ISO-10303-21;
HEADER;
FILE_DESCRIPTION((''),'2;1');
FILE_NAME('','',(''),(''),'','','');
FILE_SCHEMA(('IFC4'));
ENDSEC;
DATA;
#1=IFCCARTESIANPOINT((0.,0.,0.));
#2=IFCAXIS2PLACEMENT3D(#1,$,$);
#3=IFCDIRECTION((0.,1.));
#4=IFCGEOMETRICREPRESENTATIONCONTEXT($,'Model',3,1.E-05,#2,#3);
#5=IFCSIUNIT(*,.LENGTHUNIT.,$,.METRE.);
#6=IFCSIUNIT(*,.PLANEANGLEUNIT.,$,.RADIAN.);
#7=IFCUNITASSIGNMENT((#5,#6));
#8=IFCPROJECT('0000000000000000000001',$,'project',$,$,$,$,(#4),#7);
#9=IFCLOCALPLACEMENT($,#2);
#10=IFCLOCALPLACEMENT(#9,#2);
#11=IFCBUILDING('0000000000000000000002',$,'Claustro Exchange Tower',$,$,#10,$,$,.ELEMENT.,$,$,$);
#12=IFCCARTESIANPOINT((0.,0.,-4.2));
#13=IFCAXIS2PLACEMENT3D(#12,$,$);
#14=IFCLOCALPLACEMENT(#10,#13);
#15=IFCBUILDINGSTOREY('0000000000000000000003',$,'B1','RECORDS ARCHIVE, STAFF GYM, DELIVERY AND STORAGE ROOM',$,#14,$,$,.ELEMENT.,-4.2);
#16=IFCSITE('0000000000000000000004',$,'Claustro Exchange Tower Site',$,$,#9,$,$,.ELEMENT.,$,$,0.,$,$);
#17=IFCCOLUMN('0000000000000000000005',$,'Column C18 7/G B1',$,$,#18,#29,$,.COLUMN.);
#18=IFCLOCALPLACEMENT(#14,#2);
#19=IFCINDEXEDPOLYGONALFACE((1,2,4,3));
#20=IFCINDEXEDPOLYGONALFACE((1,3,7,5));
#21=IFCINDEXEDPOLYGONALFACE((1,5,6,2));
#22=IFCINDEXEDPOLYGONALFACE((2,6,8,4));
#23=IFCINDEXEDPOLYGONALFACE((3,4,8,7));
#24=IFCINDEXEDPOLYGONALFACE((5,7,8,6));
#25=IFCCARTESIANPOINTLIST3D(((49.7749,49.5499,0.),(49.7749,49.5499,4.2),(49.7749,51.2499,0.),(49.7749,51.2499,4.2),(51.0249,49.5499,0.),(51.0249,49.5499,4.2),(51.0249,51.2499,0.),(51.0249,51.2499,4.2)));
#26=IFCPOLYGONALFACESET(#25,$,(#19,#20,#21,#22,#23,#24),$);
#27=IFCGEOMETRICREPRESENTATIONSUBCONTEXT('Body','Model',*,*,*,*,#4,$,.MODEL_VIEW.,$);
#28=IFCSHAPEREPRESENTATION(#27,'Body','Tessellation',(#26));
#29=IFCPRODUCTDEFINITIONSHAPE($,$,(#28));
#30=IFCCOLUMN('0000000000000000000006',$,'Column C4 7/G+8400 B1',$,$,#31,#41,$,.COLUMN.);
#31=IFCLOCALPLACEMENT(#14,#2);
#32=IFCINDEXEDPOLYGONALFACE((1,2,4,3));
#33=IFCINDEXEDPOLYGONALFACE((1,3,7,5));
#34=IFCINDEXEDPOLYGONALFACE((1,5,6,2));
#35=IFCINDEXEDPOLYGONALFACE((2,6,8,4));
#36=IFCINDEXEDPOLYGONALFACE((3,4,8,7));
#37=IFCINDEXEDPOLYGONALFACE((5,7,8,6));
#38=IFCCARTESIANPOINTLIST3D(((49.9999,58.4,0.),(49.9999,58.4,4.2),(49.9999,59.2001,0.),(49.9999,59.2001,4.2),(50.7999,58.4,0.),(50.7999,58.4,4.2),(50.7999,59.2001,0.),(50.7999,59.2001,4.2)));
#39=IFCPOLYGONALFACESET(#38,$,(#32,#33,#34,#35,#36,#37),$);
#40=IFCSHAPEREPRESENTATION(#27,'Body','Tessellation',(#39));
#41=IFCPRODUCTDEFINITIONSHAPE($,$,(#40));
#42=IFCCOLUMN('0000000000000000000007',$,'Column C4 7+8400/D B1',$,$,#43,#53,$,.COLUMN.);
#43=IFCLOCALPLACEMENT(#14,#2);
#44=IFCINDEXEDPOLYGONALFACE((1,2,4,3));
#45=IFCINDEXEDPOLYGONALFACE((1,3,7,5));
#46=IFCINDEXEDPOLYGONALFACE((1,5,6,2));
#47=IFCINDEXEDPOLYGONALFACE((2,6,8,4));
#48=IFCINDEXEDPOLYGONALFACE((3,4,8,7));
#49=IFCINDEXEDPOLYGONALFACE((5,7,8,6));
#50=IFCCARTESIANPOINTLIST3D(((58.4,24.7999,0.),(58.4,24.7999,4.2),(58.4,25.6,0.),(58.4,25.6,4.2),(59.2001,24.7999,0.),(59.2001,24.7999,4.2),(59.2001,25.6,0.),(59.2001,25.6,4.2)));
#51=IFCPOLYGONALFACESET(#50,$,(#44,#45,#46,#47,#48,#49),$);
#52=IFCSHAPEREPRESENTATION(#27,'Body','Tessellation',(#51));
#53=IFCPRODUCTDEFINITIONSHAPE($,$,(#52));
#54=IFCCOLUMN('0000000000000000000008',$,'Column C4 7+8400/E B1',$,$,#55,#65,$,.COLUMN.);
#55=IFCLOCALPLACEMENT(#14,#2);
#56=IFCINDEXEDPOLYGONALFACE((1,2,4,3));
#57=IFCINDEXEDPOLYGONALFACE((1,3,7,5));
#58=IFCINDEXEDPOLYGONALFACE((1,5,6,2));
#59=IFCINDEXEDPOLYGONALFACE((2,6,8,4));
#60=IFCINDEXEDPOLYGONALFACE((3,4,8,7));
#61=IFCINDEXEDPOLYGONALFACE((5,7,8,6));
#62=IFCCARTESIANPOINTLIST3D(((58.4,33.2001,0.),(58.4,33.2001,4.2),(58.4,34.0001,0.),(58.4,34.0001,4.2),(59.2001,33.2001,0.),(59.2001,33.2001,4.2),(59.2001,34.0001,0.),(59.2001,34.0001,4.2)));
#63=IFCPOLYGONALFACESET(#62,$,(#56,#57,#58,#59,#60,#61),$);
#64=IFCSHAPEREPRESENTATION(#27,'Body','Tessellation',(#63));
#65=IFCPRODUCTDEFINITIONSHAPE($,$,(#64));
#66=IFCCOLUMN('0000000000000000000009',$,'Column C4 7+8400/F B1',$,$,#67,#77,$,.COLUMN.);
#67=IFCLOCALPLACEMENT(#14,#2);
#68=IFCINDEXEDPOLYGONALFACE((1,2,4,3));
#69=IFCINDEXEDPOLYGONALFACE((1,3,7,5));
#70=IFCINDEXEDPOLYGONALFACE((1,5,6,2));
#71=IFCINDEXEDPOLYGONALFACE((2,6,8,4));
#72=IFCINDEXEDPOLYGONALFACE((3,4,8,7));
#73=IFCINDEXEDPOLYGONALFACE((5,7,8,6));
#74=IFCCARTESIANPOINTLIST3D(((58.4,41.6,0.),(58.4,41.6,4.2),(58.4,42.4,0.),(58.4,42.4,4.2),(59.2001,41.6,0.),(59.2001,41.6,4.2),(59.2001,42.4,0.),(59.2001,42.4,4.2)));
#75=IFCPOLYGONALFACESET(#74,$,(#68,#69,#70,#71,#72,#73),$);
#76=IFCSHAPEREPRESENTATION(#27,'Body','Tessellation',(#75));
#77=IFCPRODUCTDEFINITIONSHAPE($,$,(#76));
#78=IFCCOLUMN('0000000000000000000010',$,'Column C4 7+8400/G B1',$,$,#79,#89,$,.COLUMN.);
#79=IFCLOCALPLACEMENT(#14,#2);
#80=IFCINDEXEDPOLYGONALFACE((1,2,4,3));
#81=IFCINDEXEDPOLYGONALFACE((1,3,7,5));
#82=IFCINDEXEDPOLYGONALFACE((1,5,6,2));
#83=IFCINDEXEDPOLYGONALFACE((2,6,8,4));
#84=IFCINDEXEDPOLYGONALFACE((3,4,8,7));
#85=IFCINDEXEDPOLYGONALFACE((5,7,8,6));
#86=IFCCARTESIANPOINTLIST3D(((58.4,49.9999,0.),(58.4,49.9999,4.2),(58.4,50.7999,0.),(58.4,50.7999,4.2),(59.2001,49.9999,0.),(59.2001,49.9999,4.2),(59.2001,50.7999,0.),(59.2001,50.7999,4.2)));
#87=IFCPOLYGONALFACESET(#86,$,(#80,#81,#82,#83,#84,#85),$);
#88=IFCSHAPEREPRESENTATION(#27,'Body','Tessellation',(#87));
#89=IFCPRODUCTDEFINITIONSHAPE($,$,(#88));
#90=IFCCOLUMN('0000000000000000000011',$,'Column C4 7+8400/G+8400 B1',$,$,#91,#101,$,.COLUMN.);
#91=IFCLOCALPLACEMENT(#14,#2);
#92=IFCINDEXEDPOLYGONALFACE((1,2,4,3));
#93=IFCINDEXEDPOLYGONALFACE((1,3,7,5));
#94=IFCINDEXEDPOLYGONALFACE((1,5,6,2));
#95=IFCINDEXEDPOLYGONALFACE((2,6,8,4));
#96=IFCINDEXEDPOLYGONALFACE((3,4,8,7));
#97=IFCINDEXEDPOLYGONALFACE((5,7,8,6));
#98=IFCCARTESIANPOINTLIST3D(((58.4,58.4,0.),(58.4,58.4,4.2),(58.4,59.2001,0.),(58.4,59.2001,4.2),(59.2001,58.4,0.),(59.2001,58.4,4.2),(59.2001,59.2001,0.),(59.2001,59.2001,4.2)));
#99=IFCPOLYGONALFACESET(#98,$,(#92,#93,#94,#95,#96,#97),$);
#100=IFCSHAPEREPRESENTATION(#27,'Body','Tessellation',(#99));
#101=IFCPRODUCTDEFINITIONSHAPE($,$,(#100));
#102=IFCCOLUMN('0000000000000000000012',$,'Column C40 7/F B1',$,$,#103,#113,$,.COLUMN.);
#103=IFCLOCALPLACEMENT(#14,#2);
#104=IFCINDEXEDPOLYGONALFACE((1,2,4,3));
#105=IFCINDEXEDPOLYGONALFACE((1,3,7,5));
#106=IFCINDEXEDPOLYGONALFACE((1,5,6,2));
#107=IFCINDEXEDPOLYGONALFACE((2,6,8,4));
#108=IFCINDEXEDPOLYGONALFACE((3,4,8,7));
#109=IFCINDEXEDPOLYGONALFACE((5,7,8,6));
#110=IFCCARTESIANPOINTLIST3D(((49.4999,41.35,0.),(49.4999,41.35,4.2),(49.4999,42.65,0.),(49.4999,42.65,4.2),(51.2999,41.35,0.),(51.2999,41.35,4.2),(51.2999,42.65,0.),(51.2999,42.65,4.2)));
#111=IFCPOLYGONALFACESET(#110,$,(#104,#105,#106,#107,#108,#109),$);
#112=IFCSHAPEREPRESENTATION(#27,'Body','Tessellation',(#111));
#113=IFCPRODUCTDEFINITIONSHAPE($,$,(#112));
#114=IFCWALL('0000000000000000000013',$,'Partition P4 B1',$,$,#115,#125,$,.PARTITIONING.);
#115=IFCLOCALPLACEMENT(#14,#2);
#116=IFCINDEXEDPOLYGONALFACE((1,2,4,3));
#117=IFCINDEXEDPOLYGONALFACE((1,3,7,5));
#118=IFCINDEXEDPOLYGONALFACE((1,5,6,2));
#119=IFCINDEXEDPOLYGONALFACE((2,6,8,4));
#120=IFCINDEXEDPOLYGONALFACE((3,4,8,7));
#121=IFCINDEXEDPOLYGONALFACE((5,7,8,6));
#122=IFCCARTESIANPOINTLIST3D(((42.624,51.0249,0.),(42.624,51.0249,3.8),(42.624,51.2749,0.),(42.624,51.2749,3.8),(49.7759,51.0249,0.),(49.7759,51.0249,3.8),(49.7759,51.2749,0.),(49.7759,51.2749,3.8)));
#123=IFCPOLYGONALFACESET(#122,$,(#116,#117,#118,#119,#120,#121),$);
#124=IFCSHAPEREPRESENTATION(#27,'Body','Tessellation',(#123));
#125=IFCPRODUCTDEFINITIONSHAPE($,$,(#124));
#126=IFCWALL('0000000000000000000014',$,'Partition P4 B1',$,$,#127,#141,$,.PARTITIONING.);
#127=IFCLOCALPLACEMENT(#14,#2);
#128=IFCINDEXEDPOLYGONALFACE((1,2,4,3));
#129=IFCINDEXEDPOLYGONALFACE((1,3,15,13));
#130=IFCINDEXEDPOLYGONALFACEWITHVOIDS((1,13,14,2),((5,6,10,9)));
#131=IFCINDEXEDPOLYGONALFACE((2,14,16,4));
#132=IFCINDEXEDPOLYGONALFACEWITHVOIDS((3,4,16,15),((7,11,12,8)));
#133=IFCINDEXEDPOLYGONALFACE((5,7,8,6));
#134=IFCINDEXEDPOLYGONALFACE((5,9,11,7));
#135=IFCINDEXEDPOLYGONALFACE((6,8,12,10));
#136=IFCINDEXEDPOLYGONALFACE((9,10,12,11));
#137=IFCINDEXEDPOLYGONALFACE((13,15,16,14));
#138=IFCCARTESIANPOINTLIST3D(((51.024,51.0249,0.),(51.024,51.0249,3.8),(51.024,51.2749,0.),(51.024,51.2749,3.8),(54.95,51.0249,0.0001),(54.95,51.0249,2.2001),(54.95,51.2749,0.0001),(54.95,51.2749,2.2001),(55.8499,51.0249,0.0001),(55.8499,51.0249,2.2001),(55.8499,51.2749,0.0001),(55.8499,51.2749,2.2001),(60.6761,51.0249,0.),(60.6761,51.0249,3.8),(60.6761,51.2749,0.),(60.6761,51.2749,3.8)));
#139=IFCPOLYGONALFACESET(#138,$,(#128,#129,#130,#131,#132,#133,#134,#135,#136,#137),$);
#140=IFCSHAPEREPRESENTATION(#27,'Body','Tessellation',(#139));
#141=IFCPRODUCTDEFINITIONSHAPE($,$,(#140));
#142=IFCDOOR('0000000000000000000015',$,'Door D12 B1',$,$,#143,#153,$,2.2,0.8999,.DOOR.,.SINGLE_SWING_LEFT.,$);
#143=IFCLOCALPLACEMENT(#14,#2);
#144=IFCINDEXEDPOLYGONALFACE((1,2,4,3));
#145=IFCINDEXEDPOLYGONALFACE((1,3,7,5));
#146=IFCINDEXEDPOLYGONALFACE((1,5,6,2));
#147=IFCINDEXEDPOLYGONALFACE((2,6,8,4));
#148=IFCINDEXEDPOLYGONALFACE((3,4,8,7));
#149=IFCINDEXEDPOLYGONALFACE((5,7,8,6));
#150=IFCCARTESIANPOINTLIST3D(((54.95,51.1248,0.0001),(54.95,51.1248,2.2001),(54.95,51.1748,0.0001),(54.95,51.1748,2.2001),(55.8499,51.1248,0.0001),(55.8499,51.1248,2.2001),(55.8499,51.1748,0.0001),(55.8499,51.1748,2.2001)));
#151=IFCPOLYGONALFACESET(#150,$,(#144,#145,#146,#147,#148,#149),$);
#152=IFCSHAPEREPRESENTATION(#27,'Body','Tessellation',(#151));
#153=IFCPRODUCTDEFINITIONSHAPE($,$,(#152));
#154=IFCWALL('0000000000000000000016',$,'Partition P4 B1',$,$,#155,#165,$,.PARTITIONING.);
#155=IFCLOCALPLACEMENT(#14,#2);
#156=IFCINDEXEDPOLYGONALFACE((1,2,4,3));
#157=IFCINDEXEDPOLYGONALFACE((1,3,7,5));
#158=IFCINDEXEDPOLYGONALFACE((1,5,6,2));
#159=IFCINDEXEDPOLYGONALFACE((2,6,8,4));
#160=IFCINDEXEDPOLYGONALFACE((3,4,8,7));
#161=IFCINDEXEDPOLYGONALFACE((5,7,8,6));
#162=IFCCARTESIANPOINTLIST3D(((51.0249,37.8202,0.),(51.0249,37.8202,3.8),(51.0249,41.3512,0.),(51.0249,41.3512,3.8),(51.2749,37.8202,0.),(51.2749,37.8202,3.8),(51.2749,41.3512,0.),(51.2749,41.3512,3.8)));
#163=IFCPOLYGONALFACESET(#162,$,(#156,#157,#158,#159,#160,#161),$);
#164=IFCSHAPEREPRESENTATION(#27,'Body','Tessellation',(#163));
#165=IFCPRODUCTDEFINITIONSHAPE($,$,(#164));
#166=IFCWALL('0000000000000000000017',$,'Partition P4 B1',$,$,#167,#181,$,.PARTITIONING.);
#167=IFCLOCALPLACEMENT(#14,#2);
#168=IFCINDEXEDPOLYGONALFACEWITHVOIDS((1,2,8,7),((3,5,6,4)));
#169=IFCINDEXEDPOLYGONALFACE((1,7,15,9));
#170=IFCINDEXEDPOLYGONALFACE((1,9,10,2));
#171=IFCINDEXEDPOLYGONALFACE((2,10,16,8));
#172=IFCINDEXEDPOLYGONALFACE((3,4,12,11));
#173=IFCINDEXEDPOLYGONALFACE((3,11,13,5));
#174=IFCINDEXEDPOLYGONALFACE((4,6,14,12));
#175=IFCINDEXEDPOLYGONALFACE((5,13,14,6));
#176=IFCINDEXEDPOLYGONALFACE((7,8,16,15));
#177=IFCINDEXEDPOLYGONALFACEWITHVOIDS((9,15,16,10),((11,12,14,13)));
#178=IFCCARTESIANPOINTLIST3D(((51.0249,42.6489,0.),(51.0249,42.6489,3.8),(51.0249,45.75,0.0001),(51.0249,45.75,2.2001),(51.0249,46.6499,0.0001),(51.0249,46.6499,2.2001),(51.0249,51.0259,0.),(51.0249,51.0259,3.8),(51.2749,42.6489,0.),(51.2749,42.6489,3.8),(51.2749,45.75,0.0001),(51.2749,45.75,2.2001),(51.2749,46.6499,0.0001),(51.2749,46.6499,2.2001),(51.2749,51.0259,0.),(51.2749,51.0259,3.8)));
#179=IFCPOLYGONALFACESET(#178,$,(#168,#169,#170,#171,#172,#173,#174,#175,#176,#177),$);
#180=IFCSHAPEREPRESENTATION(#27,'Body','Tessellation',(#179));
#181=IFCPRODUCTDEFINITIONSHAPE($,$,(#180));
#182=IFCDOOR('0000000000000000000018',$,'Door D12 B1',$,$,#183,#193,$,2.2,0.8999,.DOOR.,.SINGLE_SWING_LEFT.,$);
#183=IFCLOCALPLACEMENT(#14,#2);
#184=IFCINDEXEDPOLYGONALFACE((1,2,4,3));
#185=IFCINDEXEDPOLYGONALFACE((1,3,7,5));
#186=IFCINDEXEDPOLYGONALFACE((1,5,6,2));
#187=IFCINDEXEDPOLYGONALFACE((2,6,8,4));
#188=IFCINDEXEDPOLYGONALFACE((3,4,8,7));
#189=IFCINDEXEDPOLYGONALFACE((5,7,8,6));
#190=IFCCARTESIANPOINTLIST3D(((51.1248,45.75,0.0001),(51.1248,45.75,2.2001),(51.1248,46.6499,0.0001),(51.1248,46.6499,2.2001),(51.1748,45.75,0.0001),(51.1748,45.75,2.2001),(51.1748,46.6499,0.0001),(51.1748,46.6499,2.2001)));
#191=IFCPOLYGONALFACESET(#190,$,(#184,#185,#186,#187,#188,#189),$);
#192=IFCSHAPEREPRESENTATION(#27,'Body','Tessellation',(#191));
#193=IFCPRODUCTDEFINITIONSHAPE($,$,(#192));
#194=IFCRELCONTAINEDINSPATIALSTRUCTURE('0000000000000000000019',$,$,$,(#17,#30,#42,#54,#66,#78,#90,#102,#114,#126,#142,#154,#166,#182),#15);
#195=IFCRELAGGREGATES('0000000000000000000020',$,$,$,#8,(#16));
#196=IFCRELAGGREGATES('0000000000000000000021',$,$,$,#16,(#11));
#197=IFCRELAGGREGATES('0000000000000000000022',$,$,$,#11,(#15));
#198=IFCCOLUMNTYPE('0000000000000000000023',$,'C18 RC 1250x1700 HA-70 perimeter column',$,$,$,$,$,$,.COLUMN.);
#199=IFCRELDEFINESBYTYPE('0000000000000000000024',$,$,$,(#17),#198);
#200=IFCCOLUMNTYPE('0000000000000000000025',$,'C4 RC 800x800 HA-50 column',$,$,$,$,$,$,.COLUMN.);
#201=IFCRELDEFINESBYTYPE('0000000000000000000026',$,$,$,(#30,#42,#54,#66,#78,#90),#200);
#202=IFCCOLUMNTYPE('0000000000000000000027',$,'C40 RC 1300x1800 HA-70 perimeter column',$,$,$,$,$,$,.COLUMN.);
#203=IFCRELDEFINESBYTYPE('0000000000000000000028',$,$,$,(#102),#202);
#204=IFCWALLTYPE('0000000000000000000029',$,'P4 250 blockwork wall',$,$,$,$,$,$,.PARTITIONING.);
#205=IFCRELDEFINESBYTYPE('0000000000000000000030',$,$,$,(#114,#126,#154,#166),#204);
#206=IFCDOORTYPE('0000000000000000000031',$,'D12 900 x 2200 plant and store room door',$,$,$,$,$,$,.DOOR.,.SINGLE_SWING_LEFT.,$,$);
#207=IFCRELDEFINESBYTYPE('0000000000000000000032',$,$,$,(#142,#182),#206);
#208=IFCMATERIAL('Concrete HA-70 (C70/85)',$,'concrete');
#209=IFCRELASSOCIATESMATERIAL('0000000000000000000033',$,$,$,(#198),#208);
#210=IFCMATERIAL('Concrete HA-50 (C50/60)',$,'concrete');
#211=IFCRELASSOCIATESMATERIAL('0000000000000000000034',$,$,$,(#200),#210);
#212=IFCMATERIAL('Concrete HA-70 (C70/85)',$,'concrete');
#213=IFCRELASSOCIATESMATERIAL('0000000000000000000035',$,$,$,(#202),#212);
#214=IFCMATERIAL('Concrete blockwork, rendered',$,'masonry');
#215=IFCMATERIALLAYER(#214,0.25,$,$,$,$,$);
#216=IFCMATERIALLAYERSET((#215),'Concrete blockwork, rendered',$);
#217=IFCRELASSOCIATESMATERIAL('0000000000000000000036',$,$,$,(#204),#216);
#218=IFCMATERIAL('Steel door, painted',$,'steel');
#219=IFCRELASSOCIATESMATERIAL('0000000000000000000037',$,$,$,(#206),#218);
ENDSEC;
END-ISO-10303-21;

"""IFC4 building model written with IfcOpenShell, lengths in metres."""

from ifc_helpers import new_model, si_unit, direction, frame, frame_2d, origin, origin_2d, place, context, subcontext, project, spatial, rectangle, extrude, material, layer, layer_set, material_profile, profile_set, type_object, element, fill, save


model = new_model("IFC4")

# Units and contexts
model_context = context("Model", 3, precision=1e-05, world=origin(), true_north=direction((0.0, 1.0)))
body_context = subcontext(model_context, "Body", "Model", "MODEL_VIEW")
ifc_project = project(units=[si_unit("LENGTHUNIT", "METRE"), si_unit("PLANEANGLEUNIT", "RADIAN")], contexts=[model_context])

# Site, building, storey
site_placement = place(None, origin())
site = spatial("IfcSite", under=ifc_project, at=site_placement, Name="Claustro Exchange Tower Site", CompositionType="ELEMENT", RefElevation=0.0)
building_placement = place(site_placement, origin())
building = spatial("IfcBuilding", under=site, at=building_placement, Name="Claustro Exchange Tower", CompositionType="ELEMENT")
storey_placement = place(building_placement, frame((0.0, 0.0, -4.2)))
storey = spatial("IfcBuildingStorey", under=building, at=storey_placement, Name="B1", Description="RECORDS ARCHIVE, STAFF GYM, DELIVERY AND STORAGE ROOM", CompositionType="ELEMENT", Elevation=-4.2)

# Columns
ifc_material_1 = material(Name="Concrete HA-70 (C70/85)", Category="concrete")
ifc_material_profile_1 = material_profile(ifc_material_1, rectangle(XDim=1.25, YDim=1.7, at=origin_2d()), Name="RC 1250x1700")
ifc_profile_set_1 = profile_set([ifc_material_profile_1], Name="Concrete HA-70 (C70/85)")
column_type_1 = type_object("IfcColumnType", Name="C18 RC 1250x1700 HA-70 perimeter column", PredefinedType="COLUMN", material=ifc_profile_set_1)
column_1_placement = place(storey_placement, frame((50.3999, 50.3999, 0.0), z_axis=(0.0, 0.0, 1.0), x_axis=(1.0, 0.0, 0.0)))
element("IfcColumn", 1, at=column_1_placement, inside=storey, type_object=column_type_1, Name="Column C18 7/G B1", PredefinedType="COLUMN", context=body_context, shape_type="SweptSolid", body=[
    extrude(rectangle(XDim=1.25, YDim=1.7, at=origin_2d()), origin(), (0.0, 0.0, 1.0), 4.2),
])
ifc_material_2 = material(Name="Concrete HA-50 (C50/60)", Category="concrete")
ifc_material_profile_2 = material_profile(ifc_material_2, rectangle(XDim=0.8, YDim=0.8, at=origin_2d()), Name="RC 800x800")
ifc_profile_set_2 = profile_set([ifc_material_profile_2], Name="Concrete HA-50 (C50/60)")
column_type_2 = type_object("IfcColumnType", Name="C4 RC 800x800 HA-50 column", PredefinedType="COLUMN", material=ifc_profile_set_2)
for number, where, z_axis, x_axis, name in (
    (2, (50.3999, 58.8, 0.0), (0.0, 0.0, 1.0), (1.0, 0.0, 0.0), "Column C4 7/G+8400 B1"),
    (3, (58.8, 25.2, 0.0), (0.0, 0.0, 1.0), (1.0, 0.0, 0.0), "Column C4 7+8400/D B1"),
    (4, (58.8, 33.6001, 0.0), (0.0, 0.0, 1.0), (1.0, 0.0, 0.0), "Column C4 7+8400/E B1"),
    (5, (58.8, 42.0, 0.0), (0.0, 0.0, 1.0), (1.0, 0.0, 0.0), "Column C4 7+8400/F B1"),
    (6, (58.8, 50.3999, 0.0), (0.0, 0.0, 1.0), (1.0, 0.0, 0.0), "Column C4 7+8400/G B1"),
    (7, (58.8, 58.8, 0.0), (0.0, 0.0, 1.0), (1.0, 0.0, 0.0), "Column C4 7+8400/G+8400 B1"),
):
    element("IfcColumn", number, at=place(storey_placement, frame(where, z_axis=z_axis, x_axis=x_axis)), inside=storey, type_object=column_type_2, Name=name, PredefinedType="COLUMN", context=body_context, shape_type="SweptSolid", body=[
        extrude(rectangle(XDim=0.8, YDim=0.8, at=origin_2d()), origin(), (0.0, 0.0, 1.0), 4.2),
    ])
ifc_material_3 = material(Name="Concrete HA-70 (C70/85)", Category="concrete")
ifc_material_profile_3 = material_profile(ifc_material_3, rectangle(XDim=1.3, YDim=1.8, at=origin_2d()), Name="RC 1300x1800")
ifc_profile_set_3 = profile_set([ifc_material_profile_3], Name="Concrete HA-70 (C70/85)")
column_type_3 = type_object("IfcColumnType", Name="C40 RC 1300x1800 HA-70 perimeter column", PredefinedType="COLUMN", material=ifc_profile_set_3)
column_2_placement = place(storey_placement, frame((50.3999, 42.0, 0.0), z_axis=(0.0, 0.0, 1.0), x_axis=(0.0, 1.0, 0.0)))
element("IfcColumn", 8, at=column_2_placement, inside=storey, type_object=column_type_3, Name="Column C40 7/F B1", PredefinedType="COLUMN", context=body_context, shape_type="SweptSolid", body=[
    extrude(rectangle(XDim=1.3, YDim=1.8, at=origin_2d()), origin(), (0.0, 0.0, 1.0), 4.2),
])

# Wall
ifc_material_4 = material(Name="Concrete blockwork, rendered", Category="masonry")
ifc_layer_1 = layer(ifc_material_4, 0.25)
ifc_layer_set_1 = layer_set([ifc_layer_1], Name="Concrete blockwork, rendered")
wall_type_1 = type_object("IfcWallType", Name="P4 250 blockwork wall", PredefinedType="PARTITIONING", material=ifc_layer_set_1)
wall_1_placement = place(storey_placement, frame((42.624, 51.1499, 0.0), z_axis=(0.0, 0.0, 1.0), x_axis=(1.0, 0.0, 0.0)))
element("IfcWall", 9, at=wall_1_placement, inside=storey, type_object=wall_type_1, Name="Partition P4 B1", PredefinedType="PARTITIONING", context=body_context, shape_type="SweptSolid", body=[
    extrude(rectangle(XDim=7.1519, YDim=0.25, at=frame_2d((3.5759, 0.0))), origin(), (0.0, 0.0, 1.0), 3.8),
])

# Wall, opening, door
wall_2_placement = place(storey_placement, frame((51.0239, 51.1499, 0.0), z_axis=(0.0, 0.0, 1.0), x_axis=(1.0, 0.0, 0.0)))
wall_2 = element("IfcWall", 10, at=wall_2_placement, inside=storey, type_object=wall_type_1, Name="Partition P4 B1", PredefinedType="PARTITIONING", context=body_context, shape_type="SweptSolid", body=[
    extrude(rectangle(XDim=9.6521, YDim=0.25, at=frame_2d((4.8262, 0.0))), origin(), (0.0, 0.0, 1.0), 3.8),
])
opening_1_placement = place(wall_2_placement, frame((3.926, 0.0, 0.0)))
opening_1 = element("IfcOpeningElement", 11, at=opening_1_placement, cuts=wall_2, PredefinedType="OPENING", context=body_context, shape_type="SweptSolid", body=[
    extrude(rectangle(XDim=0.8999, YDim=2.2, at=frame_2d((0.45, 1.1001))), frame((0.0, 0.135, 0.0), z_axis=(0.0, -1.0, 0.0), x_axis=(1.0, 0.0, 0.0)), (0.0, 0.0, 1.0), 0.27),
])
ifc_material_5 = material(Name="Steel door, painted", Category="steel")
door_type = type_object("IfcDoorType", Name="D12 900 x 2200 plant and store room door", OperationType="SINGLE_SWING_LEFT", PredefinedType="DOOR", material=ifc_material_5)
door_1_placement = place(opening_1_placement, origin())
door_1 = element("IfcDoor", 12, at=door_1_placement, inside=storey, type_object=door_type, Name="Door D12 B1", OperationType="SINGLE_SWING_LEFT", OverallHeight=2.2, OverallWidth=0.8999, PredefinedType="DOOR", context=body_context, shape_type="SweptSolid", body=[
    extrude(rectangle(XDim=0.8999, YDim=2.2, at=frame_2d((0.45, 1.1001))), frame((0.0, 0.0249, 0.0), z_axis=(0.0, -1.0, 0.0), x_axis=(1.0, 0.0, 0.0)), (0.0, 0.0, 1.0), 0.05),
])
fill(opening_1, door_1)

# Wall
wall_3_placement = place(storey_placement, frame((51.1499, 37.8201, 0.0), z_axis=(0.0, 0.0, 1.0), x_axis=(0.0, 1.0, 0.0)))
element("IfcWall", 13, at=wall_3_placement, inside=storey, type_object=wall_type_1, Name="Partition P4 B1", PredefinedType="PARTITIONING", context=body_context, shape_type="SweptSolid", body=[
    extrude(rectangle(XDim=3.531, YDim=0.25, at=frame_2d((1.7656, 0.0))), origin(), (0.0, 0.0, 1.0), 3.8),
])

# Wall, opening, door
wall_4_placement = place(storey_placement, frame((51.1499, 42.6489, 0.0), z_axis=(0.0, 0.0, 1.0), x_axis=(0.0, 1.0, 0.0)))
wall_4 = element("IfcWall", 14, at=wall_4_placement, inside=storey, type_object=wall_type_1, Name="Partition P4 B1", PredefinedType="PARTITIONING", context=body_context, shape_type="SweptSolid", body=[
    extrude(rectangle(XDim=8.377, YDim=0.25, at=frame_2d((4.1885, 0.0))), origin(), (0.0, 0.0, 1.0), 3.8),
])
opening_2_placement = place(wall_4_placement, frame((3.1011, 0.0, 0.0)))
opening_2 = element("IfcOpeningElement", 15, at=opening_2_placement, cuts=wall_4, PredefinedType="OPENING", context=body_context, shape_type="SweptSolid", body=[
    extrude(rectangle(XDim=0.8999, YDim=2.2, at=frame_2d((0.45, 1.1001))), frame((0.0, 0.135, 0.0), z_axis=(0.0, -1.0, 0.0), x_axis=(1.0, 0.0, 0.0)), (0.0, 0.0, 1.0), 0.27),
])
door_2_placement = place(opening_2_placement, frame((0.8999, 0.0, 0.0), z_axis=(0.0, 0.0, 1.0), x_axis=(-1.0, 0.0, 0.0)))
door_2 = element("IfcDoor", 16, at=door_2_placement, inside=storey, type_object=door_type, Name="Door D12 B1", OperationType="SINGLE_SWING_LEFT", OverallHeight=2.2, OverallWidth=0.8999, PredefinedType="DOOR", context=body_context, shape_type="SweptSolid", body=[
    extrude(rectangle(XDim=0.8999, YDim=2.2, at=frame_2d((0.45, 1.1001))), frame((0.0, 0.0249, 0.0), z_axis=(0.0, -1.0, 0.0), x_axis=(1.0, 0.0, 0.0)), (0.0, 0.0, 1.0), 0.05),
])
fill(opening_2, door_2)

save(model, "model.ifc")
